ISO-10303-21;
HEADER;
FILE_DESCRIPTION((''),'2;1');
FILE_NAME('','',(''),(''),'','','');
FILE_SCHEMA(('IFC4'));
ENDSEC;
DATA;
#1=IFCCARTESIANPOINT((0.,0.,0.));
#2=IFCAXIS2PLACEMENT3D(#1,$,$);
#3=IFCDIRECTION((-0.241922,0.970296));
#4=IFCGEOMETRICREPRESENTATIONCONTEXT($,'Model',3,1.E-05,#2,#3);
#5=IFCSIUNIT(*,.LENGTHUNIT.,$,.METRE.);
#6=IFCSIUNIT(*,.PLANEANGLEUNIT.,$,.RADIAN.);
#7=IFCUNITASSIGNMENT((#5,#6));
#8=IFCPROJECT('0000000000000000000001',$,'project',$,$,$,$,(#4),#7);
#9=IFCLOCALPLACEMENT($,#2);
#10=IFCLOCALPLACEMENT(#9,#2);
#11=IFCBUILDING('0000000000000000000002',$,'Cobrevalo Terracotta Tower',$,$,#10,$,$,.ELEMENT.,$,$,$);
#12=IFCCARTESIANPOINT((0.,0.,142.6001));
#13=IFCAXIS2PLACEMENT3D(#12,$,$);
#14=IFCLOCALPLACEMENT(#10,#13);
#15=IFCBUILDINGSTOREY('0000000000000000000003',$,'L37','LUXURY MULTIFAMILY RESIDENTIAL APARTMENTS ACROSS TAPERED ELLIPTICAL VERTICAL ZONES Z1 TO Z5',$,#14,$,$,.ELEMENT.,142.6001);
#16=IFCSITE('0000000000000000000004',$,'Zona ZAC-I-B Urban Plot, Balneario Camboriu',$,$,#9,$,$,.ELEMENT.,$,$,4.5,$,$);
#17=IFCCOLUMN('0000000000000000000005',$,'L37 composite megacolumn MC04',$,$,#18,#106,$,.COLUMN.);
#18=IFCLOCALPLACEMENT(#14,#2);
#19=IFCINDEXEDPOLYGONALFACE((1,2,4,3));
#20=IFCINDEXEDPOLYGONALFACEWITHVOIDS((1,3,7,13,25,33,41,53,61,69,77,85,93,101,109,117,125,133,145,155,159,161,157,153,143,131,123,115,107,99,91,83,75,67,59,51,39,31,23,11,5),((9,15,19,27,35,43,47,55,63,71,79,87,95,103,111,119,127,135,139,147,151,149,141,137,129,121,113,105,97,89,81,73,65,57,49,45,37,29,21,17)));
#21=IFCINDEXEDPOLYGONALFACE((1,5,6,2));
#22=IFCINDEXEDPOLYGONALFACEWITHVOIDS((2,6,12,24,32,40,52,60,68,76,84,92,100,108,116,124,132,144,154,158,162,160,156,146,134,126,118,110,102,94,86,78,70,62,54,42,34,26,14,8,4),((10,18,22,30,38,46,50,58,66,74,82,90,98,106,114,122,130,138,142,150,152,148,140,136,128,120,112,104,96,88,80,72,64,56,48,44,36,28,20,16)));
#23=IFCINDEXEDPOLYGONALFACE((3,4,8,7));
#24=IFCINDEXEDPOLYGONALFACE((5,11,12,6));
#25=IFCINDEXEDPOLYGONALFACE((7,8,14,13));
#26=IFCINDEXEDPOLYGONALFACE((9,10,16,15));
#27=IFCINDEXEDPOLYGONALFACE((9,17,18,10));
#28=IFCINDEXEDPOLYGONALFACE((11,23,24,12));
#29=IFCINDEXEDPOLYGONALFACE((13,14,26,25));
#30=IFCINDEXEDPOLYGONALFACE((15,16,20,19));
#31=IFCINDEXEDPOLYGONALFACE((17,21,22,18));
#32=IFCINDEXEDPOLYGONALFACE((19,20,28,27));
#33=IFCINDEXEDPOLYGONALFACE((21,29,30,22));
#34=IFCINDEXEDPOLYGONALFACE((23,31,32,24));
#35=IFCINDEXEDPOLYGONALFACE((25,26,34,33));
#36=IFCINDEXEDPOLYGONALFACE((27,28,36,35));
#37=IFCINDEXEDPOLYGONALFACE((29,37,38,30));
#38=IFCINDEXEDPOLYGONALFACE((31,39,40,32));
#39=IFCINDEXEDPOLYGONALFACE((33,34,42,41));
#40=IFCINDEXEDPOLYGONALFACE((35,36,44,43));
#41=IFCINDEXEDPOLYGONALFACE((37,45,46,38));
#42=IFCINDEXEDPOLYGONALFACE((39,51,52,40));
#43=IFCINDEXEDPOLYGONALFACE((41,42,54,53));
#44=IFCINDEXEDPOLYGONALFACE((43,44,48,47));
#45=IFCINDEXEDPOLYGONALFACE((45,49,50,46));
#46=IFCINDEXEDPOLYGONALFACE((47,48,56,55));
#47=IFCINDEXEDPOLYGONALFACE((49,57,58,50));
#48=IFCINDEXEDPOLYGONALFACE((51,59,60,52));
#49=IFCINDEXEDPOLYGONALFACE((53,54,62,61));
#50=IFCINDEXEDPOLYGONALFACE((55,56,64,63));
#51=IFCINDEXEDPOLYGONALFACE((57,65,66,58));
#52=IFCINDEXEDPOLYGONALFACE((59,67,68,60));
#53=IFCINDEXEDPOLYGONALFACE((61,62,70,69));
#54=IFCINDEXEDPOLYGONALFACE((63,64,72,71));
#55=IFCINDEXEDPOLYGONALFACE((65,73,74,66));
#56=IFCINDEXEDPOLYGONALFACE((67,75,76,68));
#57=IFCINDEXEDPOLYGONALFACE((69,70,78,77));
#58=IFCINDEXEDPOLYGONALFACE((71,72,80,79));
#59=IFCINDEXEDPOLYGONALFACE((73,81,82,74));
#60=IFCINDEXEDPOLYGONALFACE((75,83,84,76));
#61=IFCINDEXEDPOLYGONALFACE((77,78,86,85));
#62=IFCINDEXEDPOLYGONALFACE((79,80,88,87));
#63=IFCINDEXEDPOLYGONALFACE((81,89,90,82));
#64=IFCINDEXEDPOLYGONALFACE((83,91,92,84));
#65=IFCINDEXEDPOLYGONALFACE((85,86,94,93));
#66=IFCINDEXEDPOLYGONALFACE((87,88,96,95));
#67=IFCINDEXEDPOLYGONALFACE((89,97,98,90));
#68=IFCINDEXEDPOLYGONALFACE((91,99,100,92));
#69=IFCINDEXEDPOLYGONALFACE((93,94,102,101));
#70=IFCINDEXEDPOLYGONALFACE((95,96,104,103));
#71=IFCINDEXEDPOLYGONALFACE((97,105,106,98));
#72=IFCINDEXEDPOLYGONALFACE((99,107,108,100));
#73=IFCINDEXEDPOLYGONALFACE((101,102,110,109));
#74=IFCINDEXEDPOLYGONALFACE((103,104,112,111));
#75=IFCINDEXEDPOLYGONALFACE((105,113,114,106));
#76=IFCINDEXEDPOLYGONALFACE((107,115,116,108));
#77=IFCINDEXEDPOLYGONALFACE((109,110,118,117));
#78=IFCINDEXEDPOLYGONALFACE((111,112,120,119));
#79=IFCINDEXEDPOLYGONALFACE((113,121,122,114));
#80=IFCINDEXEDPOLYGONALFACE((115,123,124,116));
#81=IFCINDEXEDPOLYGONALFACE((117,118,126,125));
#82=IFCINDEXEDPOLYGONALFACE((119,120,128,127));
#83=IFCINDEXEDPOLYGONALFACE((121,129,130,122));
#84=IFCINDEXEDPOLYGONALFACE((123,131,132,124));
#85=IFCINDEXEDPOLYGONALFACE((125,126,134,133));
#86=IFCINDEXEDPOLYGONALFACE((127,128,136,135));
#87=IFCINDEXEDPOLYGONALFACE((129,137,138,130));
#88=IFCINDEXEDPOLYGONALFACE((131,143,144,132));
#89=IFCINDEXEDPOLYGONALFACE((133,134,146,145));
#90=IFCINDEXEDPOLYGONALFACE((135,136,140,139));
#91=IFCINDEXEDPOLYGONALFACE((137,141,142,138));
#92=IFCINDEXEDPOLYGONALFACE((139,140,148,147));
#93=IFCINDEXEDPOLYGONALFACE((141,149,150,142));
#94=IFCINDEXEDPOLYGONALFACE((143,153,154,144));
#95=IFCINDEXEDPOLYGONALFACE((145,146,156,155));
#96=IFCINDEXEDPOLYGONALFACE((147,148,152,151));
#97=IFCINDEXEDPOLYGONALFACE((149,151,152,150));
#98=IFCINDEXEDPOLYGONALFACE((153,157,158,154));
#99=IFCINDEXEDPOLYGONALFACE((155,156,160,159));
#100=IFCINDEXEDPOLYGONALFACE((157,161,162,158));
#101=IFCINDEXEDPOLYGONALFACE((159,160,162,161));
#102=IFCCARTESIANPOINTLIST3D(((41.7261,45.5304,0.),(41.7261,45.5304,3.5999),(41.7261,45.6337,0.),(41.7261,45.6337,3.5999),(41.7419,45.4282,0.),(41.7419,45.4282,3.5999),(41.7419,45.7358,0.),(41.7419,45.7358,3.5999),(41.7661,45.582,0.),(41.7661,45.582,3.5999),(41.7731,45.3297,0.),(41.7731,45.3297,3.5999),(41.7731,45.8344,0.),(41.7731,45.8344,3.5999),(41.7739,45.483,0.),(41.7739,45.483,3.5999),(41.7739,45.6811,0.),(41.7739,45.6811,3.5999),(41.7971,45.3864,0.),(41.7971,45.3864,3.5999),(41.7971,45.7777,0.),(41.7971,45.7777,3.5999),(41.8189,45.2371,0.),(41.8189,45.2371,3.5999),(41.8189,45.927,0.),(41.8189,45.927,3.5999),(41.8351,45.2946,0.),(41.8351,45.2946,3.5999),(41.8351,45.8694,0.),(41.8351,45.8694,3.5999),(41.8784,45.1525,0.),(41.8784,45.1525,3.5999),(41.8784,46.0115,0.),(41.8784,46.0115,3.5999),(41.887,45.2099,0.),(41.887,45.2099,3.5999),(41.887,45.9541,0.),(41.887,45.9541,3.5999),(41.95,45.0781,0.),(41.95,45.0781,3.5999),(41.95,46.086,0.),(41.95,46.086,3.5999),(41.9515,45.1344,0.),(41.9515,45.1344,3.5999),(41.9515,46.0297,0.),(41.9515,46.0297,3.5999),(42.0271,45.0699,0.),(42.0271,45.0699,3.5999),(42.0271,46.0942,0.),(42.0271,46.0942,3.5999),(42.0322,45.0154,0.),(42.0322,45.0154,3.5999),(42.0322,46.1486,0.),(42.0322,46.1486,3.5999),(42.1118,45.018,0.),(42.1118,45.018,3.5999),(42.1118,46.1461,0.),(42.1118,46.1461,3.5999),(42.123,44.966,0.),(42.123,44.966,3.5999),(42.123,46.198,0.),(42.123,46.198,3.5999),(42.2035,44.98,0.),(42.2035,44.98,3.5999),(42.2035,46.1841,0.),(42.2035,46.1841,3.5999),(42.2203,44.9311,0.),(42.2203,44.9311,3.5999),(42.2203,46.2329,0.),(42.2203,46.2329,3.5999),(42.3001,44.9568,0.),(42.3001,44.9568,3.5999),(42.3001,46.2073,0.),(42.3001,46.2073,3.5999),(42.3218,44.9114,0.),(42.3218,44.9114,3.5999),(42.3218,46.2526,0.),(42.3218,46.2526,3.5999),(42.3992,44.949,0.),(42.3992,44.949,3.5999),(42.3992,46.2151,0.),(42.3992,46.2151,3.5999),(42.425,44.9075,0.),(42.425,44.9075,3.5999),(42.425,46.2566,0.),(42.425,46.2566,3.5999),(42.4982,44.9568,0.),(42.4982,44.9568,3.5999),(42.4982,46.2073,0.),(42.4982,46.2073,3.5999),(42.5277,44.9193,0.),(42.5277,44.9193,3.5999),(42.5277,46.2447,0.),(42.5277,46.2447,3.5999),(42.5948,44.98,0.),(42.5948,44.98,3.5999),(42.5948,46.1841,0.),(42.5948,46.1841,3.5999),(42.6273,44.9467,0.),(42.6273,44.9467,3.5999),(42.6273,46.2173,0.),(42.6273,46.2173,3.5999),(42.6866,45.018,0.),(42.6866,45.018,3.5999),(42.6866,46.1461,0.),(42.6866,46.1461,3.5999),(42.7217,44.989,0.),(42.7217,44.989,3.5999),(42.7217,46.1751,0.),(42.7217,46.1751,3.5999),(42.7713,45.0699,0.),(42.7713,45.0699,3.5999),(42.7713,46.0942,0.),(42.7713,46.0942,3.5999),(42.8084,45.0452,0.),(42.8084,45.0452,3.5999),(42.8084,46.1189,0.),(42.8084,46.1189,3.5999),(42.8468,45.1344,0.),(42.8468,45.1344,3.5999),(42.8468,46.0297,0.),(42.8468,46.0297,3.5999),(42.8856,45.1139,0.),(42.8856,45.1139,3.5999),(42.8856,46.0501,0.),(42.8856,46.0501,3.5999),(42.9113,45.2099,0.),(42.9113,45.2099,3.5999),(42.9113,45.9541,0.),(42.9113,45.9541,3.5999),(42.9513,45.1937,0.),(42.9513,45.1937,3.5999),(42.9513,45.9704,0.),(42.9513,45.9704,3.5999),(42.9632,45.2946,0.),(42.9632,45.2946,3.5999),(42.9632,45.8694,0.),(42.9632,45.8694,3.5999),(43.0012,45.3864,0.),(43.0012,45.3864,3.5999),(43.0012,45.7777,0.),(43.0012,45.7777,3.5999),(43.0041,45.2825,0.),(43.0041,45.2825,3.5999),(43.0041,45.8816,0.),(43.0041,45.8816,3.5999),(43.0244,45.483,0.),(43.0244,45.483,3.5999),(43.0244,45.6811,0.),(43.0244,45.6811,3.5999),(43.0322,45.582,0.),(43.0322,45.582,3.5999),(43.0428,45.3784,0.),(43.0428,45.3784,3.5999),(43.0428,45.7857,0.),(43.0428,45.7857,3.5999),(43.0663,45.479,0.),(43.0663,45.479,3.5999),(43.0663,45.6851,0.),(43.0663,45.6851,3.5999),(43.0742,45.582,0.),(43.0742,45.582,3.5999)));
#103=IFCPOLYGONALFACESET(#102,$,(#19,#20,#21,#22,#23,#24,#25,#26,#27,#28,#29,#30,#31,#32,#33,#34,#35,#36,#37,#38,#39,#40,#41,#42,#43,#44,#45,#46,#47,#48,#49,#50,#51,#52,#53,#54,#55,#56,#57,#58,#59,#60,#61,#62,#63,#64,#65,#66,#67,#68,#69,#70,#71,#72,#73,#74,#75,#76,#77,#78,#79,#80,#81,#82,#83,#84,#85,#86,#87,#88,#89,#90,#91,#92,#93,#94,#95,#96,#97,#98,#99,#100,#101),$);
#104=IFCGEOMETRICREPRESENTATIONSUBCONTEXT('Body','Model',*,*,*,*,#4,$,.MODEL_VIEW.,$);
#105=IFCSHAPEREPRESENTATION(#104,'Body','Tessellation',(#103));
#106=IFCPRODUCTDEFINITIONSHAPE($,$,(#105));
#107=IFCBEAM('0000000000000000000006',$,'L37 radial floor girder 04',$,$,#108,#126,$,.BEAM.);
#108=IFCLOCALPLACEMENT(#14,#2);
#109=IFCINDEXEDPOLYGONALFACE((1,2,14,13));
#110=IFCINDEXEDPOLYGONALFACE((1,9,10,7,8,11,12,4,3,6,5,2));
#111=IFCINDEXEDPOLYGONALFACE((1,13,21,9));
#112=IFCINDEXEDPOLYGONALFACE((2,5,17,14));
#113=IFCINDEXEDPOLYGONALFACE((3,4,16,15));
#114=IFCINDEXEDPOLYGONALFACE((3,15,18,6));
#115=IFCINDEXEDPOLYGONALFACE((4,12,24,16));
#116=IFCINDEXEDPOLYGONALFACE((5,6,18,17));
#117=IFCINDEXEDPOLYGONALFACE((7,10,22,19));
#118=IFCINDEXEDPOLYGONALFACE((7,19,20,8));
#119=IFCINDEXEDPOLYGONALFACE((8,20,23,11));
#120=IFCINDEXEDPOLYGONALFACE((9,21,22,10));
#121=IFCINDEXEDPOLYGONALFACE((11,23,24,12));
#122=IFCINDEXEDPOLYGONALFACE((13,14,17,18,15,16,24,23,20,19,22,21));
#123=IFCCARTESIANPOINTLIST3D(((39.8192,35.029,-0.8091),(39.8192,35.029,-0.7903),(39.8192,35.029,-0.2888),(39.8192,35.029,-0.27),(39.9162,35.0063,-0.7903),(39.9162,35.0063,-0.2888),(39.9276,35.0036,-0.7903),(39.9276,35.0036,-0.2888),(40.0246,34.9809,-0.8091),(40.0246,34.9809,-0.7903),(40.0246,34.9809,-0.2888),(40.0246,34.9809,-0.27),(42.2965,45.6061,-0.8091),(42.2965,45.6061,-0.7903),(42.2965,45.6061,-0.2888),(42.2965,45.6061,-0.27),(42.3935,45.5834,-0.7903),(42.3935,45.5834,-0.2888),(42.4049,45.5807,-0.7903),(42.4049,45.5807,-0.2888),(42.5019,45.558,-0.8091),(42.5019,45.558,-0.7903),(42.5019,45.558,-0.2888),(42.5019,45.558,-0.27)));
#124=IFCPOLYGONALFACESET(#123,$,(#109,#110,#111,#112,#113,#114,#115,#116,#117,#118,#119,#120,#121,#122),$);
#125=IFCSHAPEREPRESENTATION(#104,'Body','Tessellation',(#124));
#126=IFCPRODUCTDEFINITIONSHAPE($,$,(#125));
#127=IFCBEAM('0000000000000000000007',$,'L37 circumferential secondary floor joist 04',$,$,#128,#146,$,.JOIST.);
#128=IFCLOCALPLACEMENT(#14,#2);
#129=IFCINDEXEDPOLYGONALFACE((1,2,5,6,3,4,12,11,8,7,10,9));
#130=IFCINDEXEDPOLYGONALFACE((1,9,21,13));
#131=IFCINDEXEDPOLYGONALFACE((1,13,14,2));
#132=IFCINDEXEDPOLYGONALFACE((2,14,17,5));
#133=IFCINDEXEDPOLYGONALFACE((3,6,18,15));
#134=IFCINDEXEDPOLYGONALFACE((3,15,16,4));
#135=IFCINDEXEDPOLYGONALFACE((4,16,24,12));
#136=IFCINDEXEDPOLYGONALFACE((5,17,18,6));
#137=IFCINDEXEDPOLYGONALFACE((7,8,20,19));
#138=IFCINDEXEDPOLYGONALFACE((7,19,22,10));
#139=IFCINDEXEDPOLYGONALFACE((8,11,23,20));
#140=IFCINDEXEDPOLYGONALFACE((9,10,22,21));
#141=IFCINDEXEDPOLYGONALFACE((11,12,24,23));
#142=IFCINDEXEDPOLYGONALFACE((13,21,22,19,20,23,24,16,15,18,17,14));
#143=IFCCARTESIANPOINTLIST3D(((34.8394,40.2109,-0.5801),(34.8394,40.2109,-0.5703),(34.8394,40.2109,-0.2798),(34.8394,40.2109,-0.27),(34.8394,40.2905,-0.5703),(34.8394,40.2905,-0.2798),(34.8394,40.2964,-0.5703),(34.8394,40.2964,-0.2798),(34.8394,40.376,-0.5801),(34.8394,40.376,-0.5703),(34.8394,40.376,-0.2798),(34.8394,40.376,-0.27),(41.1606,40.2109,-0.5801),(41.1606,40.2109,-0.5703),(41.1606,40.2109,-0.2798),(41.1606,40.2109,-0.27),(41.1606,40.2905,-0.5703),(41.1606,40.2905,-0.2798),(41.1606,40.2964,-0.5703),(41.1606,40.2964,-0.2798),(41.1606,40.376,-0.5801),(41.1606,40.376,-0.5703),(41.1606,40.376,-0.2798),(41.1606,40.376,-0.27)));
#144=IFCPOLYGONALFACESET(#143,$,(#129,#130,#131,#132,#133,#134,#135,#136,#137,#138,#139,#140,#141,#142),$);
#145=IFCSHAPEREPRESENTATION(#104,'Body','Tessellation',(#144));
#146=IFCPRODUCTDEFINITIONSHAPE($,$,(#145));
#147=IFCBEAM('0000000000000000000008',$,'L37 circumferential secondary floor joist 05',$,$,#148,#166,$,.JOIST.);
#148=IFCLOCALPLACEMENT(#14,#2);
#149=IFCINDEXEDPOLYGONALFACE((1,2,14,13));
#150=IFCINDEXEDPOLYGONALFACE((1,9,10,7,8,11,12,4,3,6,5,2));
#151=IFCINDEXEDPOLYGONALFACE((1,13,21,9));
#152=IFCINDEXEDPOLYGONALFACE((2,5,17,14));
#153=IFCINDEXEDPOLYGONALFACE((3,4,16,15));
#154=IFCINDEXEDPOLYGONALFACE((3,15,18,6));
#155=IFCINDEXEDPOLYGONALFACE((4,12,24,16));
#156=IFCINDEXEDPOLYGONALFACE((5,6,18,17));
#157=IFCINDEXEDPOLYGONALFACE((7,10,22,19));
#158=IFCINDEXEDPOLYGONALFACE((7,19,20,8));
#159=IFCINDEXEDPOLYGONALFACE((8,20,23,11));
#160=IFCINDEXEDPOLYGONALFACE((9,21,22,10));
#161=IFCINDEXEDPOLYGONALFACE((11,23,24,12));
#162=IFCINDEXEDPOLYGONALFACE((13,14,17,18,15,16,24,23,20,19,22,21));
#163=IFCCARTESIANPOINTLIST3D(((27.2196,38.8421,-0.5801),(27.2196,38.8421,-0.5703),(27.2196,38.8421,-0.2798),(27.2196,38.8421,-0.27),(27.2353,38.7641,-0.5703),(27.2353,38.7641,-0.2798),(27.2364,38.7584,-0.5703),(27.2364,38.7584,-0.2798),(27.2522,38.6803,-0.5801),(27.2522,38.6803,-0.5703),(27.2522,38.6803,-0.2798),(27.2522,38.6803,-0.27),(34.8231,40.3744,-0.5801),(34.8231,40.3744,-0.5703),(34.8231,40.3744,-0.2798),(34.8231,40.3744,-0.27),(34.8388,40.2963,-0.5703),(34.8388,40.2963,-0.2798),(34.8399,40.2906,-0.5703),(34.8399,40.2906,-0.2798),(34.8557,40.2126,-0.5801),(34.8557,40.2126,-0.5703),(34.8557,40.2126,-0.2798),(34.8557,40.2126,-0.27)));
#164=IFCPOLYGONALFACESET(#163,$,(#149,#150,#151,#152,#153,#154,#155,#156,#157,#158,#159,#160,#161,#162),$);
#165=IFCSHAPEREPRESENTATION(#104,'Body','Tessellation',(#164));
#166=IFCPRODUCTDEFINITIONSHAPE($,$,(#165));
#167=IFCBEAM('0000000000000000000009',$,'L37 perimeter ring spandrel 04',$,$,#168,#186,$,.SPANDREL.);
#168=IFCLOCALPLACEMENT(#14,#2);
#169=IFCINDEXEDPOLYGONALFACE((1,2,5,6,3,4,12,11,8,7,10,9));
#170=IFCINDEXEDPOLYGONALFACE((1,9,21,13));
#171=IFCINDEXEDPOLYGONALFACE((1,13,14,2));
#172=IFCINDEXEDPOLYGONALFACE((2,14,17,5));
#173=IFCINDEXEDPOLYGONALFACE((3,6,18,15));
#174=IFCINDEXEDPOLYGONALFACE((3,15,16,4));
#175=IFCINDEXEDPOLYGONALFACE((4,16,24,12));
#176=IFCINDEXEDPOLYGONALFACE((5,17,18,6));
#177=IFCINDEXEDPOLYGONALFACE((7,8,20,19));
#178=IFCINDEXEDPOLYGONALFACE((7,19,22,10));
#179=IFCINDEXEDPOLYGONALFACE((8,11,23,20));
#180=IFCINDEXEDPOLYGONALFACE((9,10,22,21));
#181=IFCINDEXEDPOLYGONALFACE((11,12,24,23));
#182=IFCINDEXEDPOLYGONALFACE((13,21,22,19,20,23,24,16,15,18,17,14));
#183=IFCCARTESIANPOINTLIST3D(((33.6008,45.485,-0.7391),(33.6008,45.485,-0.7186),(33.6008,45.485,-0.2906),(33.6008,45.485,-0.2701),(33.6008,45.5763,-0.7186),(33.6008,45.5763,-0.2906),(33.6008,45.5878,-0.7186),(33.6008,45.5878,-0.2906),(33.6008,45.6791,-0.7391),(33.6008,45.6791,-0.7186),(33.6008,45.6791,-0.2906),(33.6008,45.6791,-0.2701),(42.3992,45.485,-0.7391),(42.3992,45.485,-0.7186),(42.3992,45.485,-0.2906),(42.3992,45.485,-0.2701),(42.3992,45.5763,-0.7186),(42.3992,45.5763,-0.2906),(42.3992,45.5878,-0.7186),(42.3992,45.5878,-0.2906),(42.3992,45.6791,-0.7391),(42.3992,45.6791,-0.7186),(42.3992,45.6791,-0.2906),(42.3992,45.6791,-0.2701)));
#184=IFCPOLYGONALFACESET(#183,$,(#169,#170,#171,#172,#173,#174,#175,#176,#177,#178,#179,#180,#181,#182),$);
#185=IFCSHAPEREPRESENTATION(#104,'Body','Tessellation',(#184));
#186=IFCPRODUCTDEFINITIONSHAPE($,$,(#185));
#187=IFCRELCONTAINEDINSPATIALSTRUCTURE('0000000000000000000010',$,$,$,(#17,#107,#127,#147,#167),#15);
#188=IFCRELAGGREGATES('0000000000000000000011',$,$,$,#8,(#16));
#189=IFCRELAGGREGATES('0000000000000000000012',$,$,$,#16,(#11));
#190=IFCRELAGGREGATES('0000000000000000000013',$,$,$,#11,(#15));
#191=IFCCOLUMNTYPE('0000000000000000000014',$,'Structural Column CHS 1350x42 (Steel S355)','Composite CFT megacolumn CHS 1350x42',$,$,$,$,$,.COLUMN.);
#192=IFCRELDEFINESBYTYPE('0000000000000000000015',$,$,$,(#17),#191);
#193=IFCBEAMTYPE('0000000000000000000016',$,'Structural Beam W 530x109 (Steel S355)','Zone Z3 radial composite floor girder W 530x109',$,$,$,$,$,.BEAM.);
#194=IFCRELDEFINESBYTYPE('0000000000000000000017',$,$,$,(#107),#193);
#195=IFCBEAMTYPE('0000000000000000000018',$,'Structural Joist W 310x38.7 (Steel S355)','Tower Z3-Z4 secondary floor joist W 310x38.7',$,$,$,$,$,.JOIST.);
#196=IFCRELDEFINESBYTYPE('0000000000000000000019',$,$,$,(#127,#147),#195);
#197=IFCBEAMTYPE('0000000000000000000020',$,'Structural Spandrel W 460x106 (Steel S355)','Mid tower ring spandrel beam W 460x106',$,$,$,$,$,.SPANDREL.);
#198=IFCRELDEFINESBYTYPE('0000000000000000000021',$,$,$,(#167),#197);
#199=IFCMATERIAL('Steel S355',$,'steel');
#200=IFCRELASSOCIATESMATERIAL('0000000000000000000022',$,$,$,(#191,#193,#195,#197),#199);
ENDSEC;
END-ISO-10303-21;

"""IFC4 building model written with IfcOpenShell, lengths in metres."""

from ifc_helpers import new_model, si_unit, direction, frame, origin, origin_2d, place, context, subcontext, project, spatial, hollow_circle, i_section, extrude, material, material_profile, profile_set, type_object, element, save


model = new_model("IFC4")

# Units and contexts
model_context = context("Model", 3, precision=1e-05, world=origin(), true_north=direction((-0.241922, 0.970296)))
body_context = subcontext(model_context, "Body", "Model", "MODEL_VIEW")
ifc_project = project(units=[si_unit("LENGTHUNIT", "METRE"), si_unit("PLANEANGLEUNIT", "RADIAN")], contexts=[model_context])

# Site, building, storey
site_placement = place(None, origin())
site = spatial("IfcSite", under=ifc_project, at=site_placement, Name="Zona ZAC-I-B Urban Plot, Balneario Camboriu", CompositionType="ELEMENT", RefElevation=4.5)
building_placement = place(site_placement, origin())
building = spatial("IfcBuilding", under=site, at=building_placement, Name="Cobrevalo Terracotta Tower", CompositionType="ELEMENT")
storey_placement = place(building_placement, frame((0.0, 0.0, 142.6001)))
storey = spatial("IfcBuildingStorey", under=building, at=storey_placement, Name="L37", Description="LUXURY MULTIFAMILY RESIDENTIAL APARTMENTS ACROSS TAPERED ELLIPTICAL VERTICAL ZONES Z1 TO Z5", CompositionType="ELEMENT", Elevation=142.6001)

# Column
ifc_material_1 = material(Name="Steel S355", Category="steel")
ifc_material_profile_1 = material_profile(ifc_material_1, hollow_circle(Radius=0.675, WallThickness=0.042, at=origin_2d()), Name="CHS 1350x42")
ifc_profile_set_1 = profile_set([ifc_material_profile_1], Name="Steel S355")
column_type = type_object("IfcColumnType", Name="Structural Column CHS 1350x42 (Steel S355)", Description="Composite CFT megacolumn CHS 1350x42", PredefinedType="COLUMN", material=ifc_profile_set_1)
column_placement = place(storey_placement, frame((42.3992, 45.582, 0.0), z_axis=(0.0, 0.0, 1.0), x_axis=(1.0, 0.0, 0.0)))
element("IfcColumn", 1, at=column_placement, inside=storey, type_object=column_type, Name="L37 composite megacolumn MC04", PredefinedType="COLUMN", context=body_context, shape_type="SweptSolid", body=[
    extrude(hollow_circle(Radius=0.675, WallThickness=0.042, at=origin_2d()), origin(), (0.0, 0.0, 1.0), 3.5999),
])

# Beams
ifc_material_profile_2 = material_profile(ifc_material_1, i_section(OverallWidth=0.2109, OverallDepth=0.5391, WebThickness=0.0117, FlangeThickness=0.0188, at=origin_2d()), Name="W 530x109")
ifc_profile_set_2 = profile_set([ifc_material_profile_2], Name="Steel S355")
beam_type_1 = type_object("IfcBeamType", Name="Structural Beam W 530x109 (Steel S355)", Description="Zone Z3 radial composite floor girder W 530x109", PredefinedType="BEAM", material=ifc_profile_set_2)
beam_1_placement = place(storey_placement, frame((42.3992, 45.582, -0.5396), z_axis=(-0.228041, -0.973652, 0.0), x_axis=(0.973652, -0.228041, 0.0)))
element("IfcBeam", 2, at=beam_1_placement, inside=storey, type_object=beam_type_1, Name="L37 radial floor girder 04", PredefinedType="BEAM", context=body_context, shape_type="SweptSolid", body=[
    extrude(i_section(OverallWidth=0.2109, OverallDepth=0.5391, WebThickness=0.0117, FlangeThickness=0.0188, at=origin_2d()), origin(), (0.0, 0.0, 1.0), 10.8633),
])
ifc_material_profile_3 = material_profile(ifc_material_1, i_section(OverallWidth=0.165, OverallDepth=0.3101, WebThickness=0.0059, FlangeThickness=0.0098, at=origin_2d()), Name="W 310x38.7")
ifc_profile_set_3 = profile_set([ifc_material_profile_3], Name="Steel S355")
beam_type_2 = type_object("IfcBeamType", Name="Structural Joist W 310x38.7 (Steel S355)", Description="Tower Z3-Z4 secondary floor joist W 310x38.7", PredefinedType="JOIST", material=ifc_profile_set_3)
beam_2_placement = place(storey_placement, frame((41.1606, 40.2935, -0.425), z_axis=(-1.0, 0.0, 0.0), x_axis=(0.0, -1.0, 0.0)))
element("IfcBeam", 3, at=beam_2_placement, inside=storey, type_object=beam_type_2, Name="L37 circumferential secondary floor joist 04", PredefinedType="JOIST", context=body_context, shape_type="SweptSolid", body=[
    extrude(i_section(OverallWidth=0.165, OverallDepth=0.3101, WebThickness=0.0059, FlangeThickness=0.0098, at=origin_2d()), origin(), (0.0, 0.0, 1.0), 6.3213),
])
beam_3_placement = place(storey_placement, frame((34.8394, 40.2935, -0.425), z_axis=(-0.980294, -0.197544, 0.0), x_axis=(0.197544, -0.980294, 0.0)))
element("IfcBeam", 4, at=beam_3_placement, inside=storey, type_object=beam_type_2, Name="L37 circumferential secondary floor joist 05", PredefinedType="JOIST", context=body_context, shape_type="SweptSolid", body=[
    extrude(i_section(OverallWidth=0.165, OverallDepth=0.3101, WebThickness=0.0059, FlangeThickness=0.0098, at=origin_2d()), origin(), (0.0, 0.0, 1.0), 7.7563),
])
ifc_material_profile_4 = material_profile(ifc_material_1, i_section(OverallWidth=0.1941, OverallDepth=0.469, WebThickness=0.0115, FlangeThickness=0.0205, at=origin_2d()), Name="W 460x106")
ifc_profile_set_4 = profile_set([ifc_material_profile_4], Name="Steel S355")
beam_type_3 = type_object("IfcBeamType", Name="Structural Spandrel W 460x106 (Steel S355)", Description="Mid tower ring spandrel beam W 460x106", PredefinedType="SPANDREL", material=ifc_profile_set_4)
beam_4_placement = place(storey_placement, frame((42.3992, 45.582, -0.5046), z_axis=(-1.0, 0.0, 0.0), x_axis=(0.0, -1.0, 0.0)))
element("IfcBeam", 5, at=beam_4_placement, inside=storey, type_object=beam_type_3, Name="L37 perimeter ring spandrel 04", PredefinedType="SPANDREL", context=body_context, shape_type="SweptSolid", body=[
    extrude(i_section(OverallWidth=0.1941, OverallDepth=0.469, WebThickness=0.0115, FlangeThickness=0.0205, at=origin_2d()), origin(), (0.0, 0.0, 1.0), 8.7983),
])

save(model, "model.ifc")
